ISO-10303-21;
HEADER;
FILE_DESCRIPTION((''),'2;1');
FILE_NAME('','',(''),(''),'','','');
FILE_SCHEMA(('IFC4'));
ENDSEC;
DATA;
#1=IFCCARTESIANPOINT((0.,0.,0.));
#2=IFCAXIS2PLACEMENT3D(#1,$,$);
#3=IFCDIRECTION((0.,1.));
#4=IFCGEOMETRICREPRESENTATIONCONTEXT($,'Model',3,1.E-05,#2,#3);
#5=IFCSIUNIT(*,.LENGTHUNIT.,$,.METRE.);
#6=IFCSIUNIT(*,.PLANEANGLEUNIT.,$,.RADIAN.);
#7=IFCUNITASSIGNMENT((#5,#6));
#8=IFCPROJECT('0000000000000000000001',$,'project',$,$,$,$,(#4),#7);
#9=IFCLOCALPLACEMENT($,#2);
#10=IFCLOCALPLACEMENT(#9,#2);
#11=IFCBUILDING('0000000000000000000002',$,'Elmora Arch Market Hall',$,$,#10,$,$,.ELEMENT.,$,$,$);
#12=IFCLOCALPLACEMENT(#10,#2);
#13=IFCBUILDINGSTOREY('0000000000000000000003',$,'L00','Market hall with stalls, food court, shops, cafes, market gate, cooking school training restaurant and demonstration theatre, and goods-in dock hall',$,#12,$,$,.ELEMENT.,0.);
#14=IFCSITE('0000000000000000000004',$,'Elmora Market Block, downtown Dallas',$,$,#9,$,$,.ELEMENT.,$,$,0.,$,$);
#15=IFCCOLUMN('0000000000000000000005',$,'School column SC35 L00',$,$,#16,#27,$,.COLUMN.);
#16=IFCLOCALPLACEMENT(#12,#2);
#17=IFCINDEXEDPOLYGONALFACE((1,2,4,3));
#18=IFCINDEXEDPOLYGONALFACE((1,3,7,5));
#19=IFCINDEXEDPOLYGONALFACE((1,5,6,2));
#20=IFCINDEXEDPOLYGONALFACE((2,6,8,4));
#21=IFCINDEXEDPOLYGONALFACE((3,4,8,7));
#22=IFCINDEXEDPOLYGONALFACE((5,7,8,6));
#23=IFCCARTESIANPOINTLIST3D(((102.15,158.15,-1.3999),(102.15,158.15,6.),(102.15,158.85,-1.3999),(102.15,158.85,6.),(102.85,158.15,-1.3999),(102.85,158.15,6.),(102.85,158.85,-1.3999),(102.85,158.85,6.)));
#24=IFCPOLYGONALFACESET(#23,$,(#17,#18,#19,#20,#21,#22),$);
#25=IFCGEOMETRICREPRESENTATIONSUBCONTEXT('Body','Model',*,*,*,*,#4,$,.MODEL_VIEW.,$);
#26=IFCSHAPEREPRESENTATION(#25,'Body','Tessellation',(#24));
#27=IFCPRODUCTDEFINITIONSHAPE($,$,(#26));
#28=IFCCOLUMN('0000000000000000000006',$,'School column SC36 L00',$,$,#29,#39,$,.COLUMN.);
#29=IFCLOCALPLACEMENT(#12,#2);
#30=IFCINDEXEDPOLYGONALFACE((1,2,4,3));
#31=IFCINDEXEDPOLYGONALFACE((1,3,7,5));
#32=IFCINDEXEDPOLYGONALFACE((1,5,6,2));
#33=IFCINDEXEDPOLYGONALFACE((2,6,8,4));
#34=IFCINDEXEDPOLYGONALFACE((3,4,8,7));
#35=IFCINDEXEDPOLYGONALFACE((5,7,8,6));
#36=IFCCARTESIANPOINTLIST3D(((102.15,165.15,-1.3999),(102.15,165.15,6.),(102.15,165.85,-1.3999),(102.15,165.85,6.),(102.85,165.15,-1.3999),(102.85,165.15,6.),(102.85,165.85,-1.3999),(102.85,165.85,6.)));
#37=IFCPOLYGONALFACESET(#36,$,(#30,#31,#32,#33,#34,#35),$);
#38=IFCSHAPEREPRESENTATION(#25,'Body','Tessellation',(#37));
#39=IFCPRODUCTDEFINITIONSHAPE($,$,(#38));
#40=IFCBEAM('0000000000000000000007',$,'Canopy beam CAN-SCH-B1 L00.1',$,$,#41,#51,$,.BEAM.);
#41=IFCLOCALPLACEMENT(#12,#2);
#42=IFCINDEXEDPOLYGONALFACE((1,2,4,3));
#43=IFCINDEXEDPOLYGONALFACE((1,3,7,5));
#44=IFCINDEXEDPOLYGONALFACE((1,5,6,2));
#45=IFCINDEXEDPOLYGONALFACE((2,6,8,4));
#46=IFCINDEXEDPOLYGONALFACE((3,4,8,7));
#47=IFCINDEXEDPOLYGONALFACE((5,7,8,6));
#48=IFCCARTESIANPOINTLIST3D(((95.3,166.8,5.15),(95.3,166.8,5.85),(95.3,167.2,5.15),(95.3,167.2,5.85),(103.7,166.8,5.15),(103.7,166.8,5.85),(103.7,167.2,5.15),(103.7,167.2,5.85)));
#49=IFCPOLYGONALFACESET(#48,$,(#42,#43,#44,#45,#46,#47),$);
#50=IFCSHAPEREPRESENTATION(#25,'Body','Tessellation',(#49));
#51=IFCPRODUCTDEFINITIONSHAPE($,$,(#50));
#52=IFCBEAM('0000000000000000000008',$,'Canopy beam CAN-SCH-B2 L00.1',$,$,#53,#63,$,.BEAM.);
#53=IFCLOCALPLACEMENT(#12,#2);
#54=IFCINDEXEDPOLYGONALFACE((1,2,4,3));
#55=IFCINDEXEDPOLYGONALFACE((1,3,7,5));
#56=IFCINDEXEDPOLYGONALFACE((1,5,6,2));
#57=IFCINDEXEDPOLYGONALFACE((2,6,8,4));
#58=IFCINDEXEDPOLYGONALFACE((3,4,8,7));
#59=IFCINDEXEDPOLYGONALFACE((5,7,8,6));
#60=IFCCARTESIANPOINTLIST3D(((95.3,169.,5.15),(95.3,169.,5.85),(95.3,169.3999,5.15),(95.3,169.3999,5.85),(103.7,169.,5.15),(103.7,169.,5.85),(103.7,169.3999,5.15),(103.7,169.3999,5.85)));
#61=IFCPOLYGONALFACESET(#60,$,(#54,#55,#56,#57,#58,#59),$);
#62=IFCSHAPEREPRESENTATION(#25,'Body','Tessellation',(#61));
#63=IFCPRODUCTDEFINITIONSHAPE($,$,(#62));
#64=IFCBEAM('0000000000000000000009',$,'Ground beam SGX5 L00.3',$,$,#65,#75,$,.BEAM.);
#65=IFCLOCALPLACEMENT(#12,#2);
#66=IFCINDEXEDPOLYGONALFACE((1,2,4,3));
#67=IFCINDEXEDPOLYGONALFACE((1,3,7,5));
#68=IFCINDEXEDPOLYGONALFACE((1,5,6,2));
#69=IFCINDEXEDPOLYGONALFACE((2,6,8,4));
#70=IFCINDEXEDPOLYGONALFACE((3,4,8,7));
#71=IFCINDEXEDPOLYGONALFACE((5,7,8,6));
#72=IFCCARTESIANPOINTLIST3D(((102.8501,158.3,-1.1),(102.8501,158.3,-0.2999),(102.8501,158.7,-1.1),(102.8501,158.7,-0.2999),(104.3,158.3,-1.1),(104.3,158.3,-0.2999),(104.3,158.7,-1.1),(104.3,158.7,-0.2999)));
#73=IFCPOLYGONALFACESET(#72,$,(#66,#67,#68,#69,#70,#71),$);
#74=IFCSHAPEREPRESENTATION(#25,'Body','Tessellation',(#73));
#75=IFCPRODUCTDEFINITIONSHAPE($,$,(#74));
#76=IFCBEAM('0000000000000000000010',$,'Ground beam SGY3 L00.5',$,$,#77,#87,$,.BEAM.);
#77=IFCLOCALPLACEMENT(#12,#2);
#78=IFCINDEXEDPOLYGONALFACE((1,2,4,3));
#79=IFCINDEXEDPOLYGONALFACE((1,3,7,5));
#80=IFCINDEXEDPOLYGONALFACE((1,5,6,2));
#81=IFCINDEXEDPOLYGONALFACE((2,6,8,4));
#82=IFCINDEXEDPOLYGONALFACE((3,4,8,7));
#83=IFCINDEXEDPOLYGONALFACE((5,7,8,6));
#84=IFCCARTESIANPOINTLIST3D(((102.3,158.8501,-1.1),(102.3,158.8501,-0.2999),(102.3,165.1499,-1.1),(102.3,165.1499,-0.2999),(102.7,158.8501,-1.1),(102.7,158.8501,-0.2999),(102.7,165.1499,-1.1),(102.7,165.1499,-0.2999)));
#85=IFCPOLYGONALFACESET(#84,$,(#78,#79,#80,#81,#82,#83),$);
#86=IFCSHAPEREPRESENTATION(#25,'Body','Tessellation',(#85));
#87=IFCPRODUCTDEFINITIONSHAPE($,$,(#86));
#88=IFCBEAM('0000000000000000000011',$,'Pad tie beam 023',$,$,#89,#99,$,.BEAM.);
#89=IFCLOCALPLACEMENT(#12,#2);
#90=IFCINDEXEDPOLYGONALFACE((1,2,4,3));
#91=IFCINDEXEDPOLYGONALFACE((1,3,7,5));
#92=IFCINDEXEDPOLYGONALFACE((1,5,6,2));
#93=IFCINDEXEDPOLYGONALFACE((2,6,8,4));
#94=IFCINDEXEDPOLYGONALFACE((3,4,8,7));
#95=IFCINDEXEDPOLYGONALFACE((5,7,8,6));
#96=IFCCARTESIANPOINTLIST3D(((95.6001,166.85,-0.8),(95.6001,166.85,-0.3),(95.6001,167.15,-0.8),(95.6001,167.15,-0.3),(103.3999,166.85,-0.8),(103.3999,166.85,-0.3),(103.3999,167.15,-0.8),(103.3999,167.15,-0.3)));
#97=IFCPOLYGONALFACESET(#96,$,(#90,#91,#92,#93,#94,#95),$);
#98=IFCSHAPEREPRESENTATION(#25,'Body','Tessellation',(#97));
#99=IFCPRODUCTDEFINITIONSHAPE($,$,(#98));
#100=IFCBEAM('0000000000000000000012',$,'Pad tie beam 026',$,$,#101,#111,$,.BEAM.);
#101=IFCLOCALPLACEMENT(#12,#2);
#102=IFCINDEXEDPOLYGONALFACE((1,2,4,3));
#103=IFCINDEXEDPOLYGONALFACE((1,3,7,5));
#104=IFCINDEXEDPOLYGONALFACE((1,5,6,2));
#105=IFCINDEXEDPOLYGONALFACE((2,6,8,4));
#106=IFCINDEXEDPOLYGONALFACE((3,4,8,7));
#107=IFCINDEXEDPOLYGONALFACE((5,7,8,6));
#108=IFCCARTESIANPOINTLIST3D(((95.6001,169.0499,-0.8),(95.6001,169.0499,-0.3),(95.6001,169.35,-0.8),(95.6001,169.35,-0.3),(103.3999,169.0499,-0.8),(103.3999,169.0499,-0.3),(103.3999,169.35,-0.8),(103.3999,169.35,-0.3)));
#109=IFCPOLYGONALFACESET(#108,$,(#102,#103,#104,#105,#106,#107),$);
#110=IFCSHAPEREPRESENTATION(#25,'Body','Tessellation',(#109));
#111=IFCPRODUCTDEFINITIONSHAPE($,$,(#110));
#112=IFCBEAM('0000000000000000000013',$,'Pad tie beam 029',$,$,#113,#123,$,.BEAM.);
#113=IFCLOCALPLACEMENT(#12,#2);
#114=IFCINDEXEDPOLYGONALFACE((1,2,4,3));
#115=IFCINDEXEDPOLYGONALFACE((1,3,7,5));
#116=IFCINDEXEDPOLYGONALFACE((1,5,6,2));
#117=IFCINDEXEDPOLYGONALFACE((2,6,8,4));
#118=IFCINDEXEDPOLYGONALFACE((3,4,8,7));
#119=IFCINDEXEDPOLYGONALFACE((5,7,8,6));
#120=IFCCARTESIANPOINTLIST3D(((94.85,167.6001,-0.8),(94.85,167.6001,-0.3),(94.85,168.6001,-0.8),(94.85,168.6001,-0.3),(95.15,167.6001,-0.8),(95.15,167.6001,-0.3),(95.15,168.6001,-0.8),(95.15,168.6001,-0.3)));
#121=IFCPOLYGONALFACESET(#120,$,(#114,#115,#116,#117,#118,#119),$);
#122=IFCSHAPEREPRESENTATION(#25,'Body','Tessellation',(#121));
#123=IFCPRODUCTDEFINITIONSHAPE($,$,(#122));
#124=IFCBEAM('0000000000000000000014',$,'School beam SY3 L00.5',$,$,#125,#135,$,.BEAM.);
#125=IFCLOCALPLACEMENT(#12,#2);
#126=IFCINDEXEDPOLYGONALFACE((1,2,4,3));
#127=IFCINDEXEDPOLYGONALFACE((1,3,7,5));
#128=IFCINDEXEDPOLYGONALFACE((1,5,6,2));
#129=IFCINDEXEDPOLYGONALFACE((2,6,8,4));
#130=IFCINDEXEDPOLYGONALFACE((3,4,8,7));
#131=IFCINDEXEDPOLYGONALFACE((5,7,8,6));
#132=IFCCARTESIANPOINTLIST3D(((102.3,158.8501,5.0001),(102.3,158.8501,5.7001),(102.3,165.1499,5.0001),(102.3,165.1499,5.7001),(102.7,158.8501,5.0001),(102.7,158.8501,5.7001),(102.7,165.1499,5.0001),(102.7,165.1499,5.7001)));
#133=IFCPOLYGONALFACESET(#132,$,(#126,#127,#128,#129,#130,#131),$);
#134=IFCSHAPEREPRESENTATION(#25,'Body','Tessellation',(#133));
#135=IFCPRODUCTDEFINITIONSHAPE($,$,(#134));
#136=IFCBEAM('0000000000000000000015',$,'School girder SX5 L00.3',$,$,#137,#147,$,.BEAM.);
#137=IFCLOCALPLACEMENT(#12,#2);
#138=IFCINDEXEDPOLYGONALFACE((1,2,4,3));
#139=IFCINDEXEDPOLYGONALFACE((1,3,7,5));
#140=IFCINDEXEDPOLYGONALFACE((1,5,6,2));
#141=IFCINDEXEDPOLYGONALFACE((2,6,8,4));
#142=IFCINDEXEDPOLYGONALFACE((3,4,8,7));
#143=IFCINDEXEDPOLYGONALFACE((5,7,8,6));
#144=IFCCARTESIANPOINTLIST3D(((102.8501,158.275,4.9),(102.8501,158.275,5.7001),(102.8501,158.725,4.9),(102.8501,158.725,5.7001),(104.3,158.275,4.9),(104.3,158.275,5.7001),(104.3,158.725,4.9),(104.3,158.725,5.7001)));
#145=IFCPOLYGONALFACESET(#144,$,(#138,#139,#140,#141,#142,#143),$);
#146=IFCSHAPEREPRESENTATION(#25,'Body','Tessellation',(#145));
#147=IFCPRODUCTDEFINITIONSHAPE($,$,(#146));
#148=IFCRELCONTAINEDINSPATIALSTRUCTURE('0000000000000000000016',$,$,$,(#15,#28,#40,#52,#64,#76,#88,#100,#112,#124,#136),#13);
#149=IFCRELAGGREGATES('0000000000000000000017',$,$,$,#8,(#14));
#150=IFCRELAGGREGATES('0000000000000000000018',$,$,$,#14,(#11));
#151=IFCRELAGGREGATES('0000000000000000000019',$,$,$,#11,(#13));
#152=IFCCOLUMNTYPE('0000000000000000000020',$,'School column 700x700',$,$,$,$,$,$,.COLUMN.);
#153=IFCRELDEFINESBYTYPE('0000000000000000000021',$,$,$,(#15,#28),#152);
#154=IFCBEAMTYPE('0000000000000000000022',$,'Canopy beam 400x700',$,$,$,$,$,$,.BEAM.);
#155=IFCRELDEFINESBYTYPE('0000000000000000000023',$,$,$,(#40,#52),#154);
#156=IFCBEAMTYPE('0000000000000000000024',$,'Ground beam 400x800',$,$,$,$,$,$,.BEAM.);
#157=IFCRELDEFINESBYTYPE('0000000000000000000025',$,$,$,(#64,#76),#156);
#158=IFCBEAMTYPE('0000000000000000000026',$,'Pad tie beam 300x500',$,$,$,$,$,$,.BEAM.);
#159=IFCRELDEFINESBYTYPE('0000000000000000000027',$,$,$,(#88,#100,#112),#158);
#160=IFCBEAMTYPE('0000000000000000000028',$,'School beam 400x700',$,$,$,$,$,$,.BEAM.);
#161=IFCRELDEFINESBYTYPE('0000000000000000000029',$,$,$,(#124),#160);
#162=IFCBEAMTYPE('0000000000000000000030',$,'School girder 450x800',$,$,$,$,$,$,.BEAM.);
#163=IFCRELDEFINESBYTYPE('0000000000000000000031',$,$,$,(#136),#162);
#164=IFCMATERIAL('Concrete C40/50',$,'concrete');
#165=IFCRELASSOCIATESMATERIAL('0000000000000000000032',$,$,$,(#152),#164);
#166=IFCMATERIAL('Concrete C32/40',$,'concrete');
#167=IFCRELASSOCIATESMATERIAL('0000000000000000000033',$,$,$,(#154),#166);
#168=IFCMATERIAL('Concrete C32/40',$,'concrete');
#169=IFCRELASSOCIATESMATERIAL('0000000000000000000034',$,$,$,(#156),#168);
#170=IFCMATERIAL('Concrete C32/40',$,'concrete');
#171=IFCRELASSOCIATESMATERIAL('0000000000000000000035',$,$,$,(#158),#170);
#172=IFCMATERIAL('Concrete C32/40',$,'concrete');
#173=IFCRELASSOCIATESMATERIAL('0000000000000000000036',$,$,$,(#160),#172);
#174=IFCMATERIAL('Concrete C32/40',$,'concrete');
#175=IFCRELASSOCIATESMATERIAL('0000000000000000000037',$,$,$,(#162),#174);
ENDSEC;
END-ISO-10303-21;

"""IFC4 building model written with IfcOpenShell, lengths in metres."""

from ifc_helpers import new_model, si_unit, direction, frame, origin, origin_2d, place, context, subcontext, project, spatial, rectangle, extrude, material, material_profile, profile_set, type_object, element, save


model = new_model("IFC4")

# Units and contexts
model_context = context("Model", 3, precision=1e-05, world=origin(), true_north=direction((0.0, 1.0)))
body_context = subcontext(model_context, "Body", "Model", "MODEL_VIEW")
ifc_project = project(units=[si_unit("LENGTHUNIT", "METRE"), si_unit("PLANEANGLEUNIT", "RADIAN")], contexts=[model_context])

# Site, building, storey
site_placement = place(None, origin())
site = spatial("IfcSite", under=ifc_project, at=site_placement, Name="Elmora Market Block, downtown Dallas", CompositionType="ELEMENT", RefElevation=0.0)
building_placement = place(site_placement, origin())
building = spatial("IfcBuilding", under=site, at=building_placement, Name="Elmora Arch Market Hall", CompositionType="ELEMENT")
storey_placement = place(building_placement, origin())
storey = spatial("IfcBuildingStorey", under=building, at=storey_placement, Name="L00", Description="Market hall with stalls, food court, shops, cafes, market gate, cooking school training restaurant and demonstration theatre, and goods-in dock hall", CompositionType="ELEMENT", Elevation=0.0)

# Columns
ifc_material_1 = material(Name="Concrete C40/50", Category="concrete")
ifc_material_profile_1 = material_profile(ifc_material_1, rectangle(XDim=0.7, YDim=0.7, at=origin_2d()), Name="School column 700x700")
ifc_profile_set_1 = profile_set([ifc_material_profile_1], Name="Concrete C40/50")
column_type_1 = type_object("IfcColumnType", Name="School column 700x700", PredefinedType="COLUMN", material=ifc_profile_set_1)
for number, where, z_axis, x_axis, name in (
    (1, (102.5, 158.5, -1.3999), (0.0, 0.0, 1.0), (1.0, 0.0, 0.0), "School column SC35 L00"),
    (2, (102.5, 165.5, -1.3999), (0.0, 0.0, 1.0), (1.0, 0.0, 0.0), "School column SC36 L00"),
):
    element("IfcColumn", number, at=place(storey_placement, frame(where, z_axis=z_axis, x_axis=x_axis)), inside=storey, type_object=column_type_1, Name=name, PredefinedType="COLUMN", context=body_context, shape_type="SweptSolid", body=[
        extrude(rectangle(XDim=0.7, YDim=0.7, at=origin_2d()), origin(), (0.0, 0.0, 1.0), 7.3999),
    ])

# Beams
ifc_material_2 = material(Name="Concrete C32/40", Category="concrete")
ifc_material_profile_2 = material_profile(ifc_material_2, rectangle(XDim=0.3999, YDim=0.7, at=origin_2d()), Name="Canopy beam 400x700")
ifc_profile_set_2 = profile_set([ifc_material_profile_2], Name="Concrete C32/40")
beam_type_1 = type_object("IfcBeamType", Name="Canopy beam 400x700", PredefinedType="BEAM", material=ifc_profile_set_2)
for number, where, z_axis, x_axis, name in (
    (3, (95.3, 167.0, 5.5), (1.0, 0.0, 0.0), (0.0, 1.0, 0.0), "Canopy beam CAN-SCH-B1 L00.1"),
    (4, (95.3, 169.2, 5.5), (1.0, 0.0, 0.0), (0.0, 1.0, 0.0), "Canopy beam CAN-SCH-B2 L00.1"),
):
    element("IfcBeam", number, at=place(storey_placement, frame(where, z_axis=z_axis, x_axis=x_axis)), inside=storey, type_object=beam_type_1, Name=name, PredefinedType="BEAM", context=body_context, shape_type="SweptSolid", body=[
        extrude(rectangle(XDim=0.3999, YDim=0.7, at=origin_2d()), origin(), (0.0, 0.0, 1.0), 8.3999),
    ])
ifc_material_3 = material(Name="Concrete C32/40", Category="concrete")
ifc_material_profile_3 = material_profile(ifc_material_3, rectangle(XDim=0.3999, YDim=0.8, at=origin_2d()), Name="Ground beam 400x800")
ifc_profile_set_3 = profile_set([ifc_material_profile_3], Name="Concrete C32/40")
beam_type_2 = type_object("IfcBeamType", Name="Ground beam 400x800", PredefinedType="BEAM", material=ifc_profile_set_3)
beam_1_placement = place(storey_placement, frame((102.8501, 158.5, -0.7), z_axis=(1.0, 0.0, 0.0), x_axis=(0.0, 1.0, 0.0)))
element("IfcBeam", 5, at=beam_1_placement, inside=storey, type_object=beam_type_2, Name="Ground beam SGX5 L00.3", PredefinedType="BEAM", context=body_context, shape_type="SweptSolid", body=[
    extrude(rectangle(XDim=0.3999, YDim=0.8, at=origin_2d()), origin(), (0.0, 0.0, 1.0), 1.45),
])
beam_2_placement = place(storey_placement, frame((102.5, 158.8501, -0.7), z_axis=(0.0, 1.0, 0.0), x_axis=(-1.0, 0.0, 0.0)))
element("IfcBeam", 6, at=beam_2_placement, inside=storey, type_object=beam_type_2, Name="Ground beam SGY3 L00.5", PredefinedType="BEAM", context=body_context, shape_type="SweptSolid", body=[
    extrude(rectangle(XDim=0.3999, YDim=0.8, at=origin_2d()), origin(), (0.0, 0.0, 1.0), 6.2998),
])
ifc_material_4 = material(Name="Concrete C32/40", Category="concrete")
ifc_material_profile_4 = material_profile(ifc_material_4, rectangle(XDim=0.3, YDim=0.5, at=origin_2d()), Name="Pad tie beam 300x500")
ifc_profile_set_4 = profile_set([ifc_material_profile_4], Name="Concrete C32/40")
beam_type_3 = type_object("IfcBeamType", Name="Pad tie beam 300x500", PredefinedType="BEAM", material=ifc_profile_set_4)
for number, where, z_axis, x_axis, name in (
    (7, (95.6001, 167.0, -0.55), (1.0, 0.0, 0.0), (0.0, 1.0, 0.0), "Pad tie beam 023"),
    (8, (95.6001, 169.2, -0.55), (1.0, 0.0, 0.0), (0.0, 1.0, 0.0), "Pad tie beam 026"),
):
    element("IfcBeam", number, at=place(storey_placement, frame(where, z_axis=z_axis, x_axis=x_axis)), inside=storey, type_object=beam_type_3, Name=name, PredefinedType="BEAM", context=body_context, shape_type="SweptSolid", body=[
        extrude(rectangle(XDim=0.3, YDim=0.5, at=origin_2d()), origin(), (0.0, 0.0, 1.0), 7.7998),
    ])
beam_3_placement = place(storey_placement, frame((95.0, 167.6001, -0.55), z_axis=(0.0, 1.0, 0.0), x_axis=(-1.0, 0.0, 0.0)))
element("IfcBeam", 9, at=beam_3_placement, inside=storey, type_object=beam_type_3, Name="Pad tie beam 029", PredefinedType="BEAM", context=body_context, shape_type="SweptSolid", body=[
    extrude(rectangle(XDim=0.3, YDim=0.5, at=origin_2d()), origin(), (0.0, 0.0, 1.0), 1.0),
])
ifc_material_5 = material(Name="Concrete C32/40", Category="concrete")
ifc_material_profile_5 = material_profile(ifc_material_5, rectangle(XDim=0.3999, YDim=0.7, at=origin_2d()), Name="School beam 400x700")
ifc_profile_set_5 = profile_set([ifc_material_profile_5], Name="Concrete C32/40")
beam_type_4 = type_object("IfcBeamType", Name="School beam 400x700", PredefinedType="BEAM", material=ifc_profile_set_5)
beam_4_placement = place(storey_placement, frame((102.5, 158.8501, 5.3501), z_axis=(0.0, 1.0, 0.0), x_axis=(-1.0, 0.0, 0.0)))
element("IfcBeam", 10, at=beam_4_placement, inside=storey, type_object=beam_type_4, Name="School beam SY3 L00.5", PredefinedType="BEAM", context=body_context, shape_type="SweptSolid", body=[
    extrude(rectangle(XDim=0.3999, YDim=0.7, at=origin_2d()), origin(), (0.0, 0.0, 1.0), 6.2998),
])
ifc_material_6 = material(Name="Concrete C32/40", Category="concrete")
ifc_material_profile_6 = material_profile(ifc_material_6, rectangle(XDim=0.45, YDim=0.8, at=origin_2d()), Name="School girder 450x800")
ifc_profile_set_6 = profile_set([ifc_material_profile_6], Name="Concrete C32/40")
beam_type_5 = type_object("IfcBeamType", Name="School girder 450x800", PredefinedType="BEAM", material=ifc_profile_set_6)
beam_5_placement = place(storey_placement, frame((102.8501, 158.5, 5.3), z_axis=(1.0, 0.0, 0.0), x_axis=(0.0, 1.0, 0.0)))
element("IfcBeam", 11, at=beam_5_placement, inside=storey, type_object=beam_type_5, Name="School girder SX5 L00.3", PredefinedType="BEAM", context=body_context, shape_type="SweptSolid", body=[
    extrude(rectangle(XDim=0.45, YDim=0.8, at=origin_2d()), origin(), (0.0, 0.0, 1.0), 1.45),
])

save(model, "model.ifc")
